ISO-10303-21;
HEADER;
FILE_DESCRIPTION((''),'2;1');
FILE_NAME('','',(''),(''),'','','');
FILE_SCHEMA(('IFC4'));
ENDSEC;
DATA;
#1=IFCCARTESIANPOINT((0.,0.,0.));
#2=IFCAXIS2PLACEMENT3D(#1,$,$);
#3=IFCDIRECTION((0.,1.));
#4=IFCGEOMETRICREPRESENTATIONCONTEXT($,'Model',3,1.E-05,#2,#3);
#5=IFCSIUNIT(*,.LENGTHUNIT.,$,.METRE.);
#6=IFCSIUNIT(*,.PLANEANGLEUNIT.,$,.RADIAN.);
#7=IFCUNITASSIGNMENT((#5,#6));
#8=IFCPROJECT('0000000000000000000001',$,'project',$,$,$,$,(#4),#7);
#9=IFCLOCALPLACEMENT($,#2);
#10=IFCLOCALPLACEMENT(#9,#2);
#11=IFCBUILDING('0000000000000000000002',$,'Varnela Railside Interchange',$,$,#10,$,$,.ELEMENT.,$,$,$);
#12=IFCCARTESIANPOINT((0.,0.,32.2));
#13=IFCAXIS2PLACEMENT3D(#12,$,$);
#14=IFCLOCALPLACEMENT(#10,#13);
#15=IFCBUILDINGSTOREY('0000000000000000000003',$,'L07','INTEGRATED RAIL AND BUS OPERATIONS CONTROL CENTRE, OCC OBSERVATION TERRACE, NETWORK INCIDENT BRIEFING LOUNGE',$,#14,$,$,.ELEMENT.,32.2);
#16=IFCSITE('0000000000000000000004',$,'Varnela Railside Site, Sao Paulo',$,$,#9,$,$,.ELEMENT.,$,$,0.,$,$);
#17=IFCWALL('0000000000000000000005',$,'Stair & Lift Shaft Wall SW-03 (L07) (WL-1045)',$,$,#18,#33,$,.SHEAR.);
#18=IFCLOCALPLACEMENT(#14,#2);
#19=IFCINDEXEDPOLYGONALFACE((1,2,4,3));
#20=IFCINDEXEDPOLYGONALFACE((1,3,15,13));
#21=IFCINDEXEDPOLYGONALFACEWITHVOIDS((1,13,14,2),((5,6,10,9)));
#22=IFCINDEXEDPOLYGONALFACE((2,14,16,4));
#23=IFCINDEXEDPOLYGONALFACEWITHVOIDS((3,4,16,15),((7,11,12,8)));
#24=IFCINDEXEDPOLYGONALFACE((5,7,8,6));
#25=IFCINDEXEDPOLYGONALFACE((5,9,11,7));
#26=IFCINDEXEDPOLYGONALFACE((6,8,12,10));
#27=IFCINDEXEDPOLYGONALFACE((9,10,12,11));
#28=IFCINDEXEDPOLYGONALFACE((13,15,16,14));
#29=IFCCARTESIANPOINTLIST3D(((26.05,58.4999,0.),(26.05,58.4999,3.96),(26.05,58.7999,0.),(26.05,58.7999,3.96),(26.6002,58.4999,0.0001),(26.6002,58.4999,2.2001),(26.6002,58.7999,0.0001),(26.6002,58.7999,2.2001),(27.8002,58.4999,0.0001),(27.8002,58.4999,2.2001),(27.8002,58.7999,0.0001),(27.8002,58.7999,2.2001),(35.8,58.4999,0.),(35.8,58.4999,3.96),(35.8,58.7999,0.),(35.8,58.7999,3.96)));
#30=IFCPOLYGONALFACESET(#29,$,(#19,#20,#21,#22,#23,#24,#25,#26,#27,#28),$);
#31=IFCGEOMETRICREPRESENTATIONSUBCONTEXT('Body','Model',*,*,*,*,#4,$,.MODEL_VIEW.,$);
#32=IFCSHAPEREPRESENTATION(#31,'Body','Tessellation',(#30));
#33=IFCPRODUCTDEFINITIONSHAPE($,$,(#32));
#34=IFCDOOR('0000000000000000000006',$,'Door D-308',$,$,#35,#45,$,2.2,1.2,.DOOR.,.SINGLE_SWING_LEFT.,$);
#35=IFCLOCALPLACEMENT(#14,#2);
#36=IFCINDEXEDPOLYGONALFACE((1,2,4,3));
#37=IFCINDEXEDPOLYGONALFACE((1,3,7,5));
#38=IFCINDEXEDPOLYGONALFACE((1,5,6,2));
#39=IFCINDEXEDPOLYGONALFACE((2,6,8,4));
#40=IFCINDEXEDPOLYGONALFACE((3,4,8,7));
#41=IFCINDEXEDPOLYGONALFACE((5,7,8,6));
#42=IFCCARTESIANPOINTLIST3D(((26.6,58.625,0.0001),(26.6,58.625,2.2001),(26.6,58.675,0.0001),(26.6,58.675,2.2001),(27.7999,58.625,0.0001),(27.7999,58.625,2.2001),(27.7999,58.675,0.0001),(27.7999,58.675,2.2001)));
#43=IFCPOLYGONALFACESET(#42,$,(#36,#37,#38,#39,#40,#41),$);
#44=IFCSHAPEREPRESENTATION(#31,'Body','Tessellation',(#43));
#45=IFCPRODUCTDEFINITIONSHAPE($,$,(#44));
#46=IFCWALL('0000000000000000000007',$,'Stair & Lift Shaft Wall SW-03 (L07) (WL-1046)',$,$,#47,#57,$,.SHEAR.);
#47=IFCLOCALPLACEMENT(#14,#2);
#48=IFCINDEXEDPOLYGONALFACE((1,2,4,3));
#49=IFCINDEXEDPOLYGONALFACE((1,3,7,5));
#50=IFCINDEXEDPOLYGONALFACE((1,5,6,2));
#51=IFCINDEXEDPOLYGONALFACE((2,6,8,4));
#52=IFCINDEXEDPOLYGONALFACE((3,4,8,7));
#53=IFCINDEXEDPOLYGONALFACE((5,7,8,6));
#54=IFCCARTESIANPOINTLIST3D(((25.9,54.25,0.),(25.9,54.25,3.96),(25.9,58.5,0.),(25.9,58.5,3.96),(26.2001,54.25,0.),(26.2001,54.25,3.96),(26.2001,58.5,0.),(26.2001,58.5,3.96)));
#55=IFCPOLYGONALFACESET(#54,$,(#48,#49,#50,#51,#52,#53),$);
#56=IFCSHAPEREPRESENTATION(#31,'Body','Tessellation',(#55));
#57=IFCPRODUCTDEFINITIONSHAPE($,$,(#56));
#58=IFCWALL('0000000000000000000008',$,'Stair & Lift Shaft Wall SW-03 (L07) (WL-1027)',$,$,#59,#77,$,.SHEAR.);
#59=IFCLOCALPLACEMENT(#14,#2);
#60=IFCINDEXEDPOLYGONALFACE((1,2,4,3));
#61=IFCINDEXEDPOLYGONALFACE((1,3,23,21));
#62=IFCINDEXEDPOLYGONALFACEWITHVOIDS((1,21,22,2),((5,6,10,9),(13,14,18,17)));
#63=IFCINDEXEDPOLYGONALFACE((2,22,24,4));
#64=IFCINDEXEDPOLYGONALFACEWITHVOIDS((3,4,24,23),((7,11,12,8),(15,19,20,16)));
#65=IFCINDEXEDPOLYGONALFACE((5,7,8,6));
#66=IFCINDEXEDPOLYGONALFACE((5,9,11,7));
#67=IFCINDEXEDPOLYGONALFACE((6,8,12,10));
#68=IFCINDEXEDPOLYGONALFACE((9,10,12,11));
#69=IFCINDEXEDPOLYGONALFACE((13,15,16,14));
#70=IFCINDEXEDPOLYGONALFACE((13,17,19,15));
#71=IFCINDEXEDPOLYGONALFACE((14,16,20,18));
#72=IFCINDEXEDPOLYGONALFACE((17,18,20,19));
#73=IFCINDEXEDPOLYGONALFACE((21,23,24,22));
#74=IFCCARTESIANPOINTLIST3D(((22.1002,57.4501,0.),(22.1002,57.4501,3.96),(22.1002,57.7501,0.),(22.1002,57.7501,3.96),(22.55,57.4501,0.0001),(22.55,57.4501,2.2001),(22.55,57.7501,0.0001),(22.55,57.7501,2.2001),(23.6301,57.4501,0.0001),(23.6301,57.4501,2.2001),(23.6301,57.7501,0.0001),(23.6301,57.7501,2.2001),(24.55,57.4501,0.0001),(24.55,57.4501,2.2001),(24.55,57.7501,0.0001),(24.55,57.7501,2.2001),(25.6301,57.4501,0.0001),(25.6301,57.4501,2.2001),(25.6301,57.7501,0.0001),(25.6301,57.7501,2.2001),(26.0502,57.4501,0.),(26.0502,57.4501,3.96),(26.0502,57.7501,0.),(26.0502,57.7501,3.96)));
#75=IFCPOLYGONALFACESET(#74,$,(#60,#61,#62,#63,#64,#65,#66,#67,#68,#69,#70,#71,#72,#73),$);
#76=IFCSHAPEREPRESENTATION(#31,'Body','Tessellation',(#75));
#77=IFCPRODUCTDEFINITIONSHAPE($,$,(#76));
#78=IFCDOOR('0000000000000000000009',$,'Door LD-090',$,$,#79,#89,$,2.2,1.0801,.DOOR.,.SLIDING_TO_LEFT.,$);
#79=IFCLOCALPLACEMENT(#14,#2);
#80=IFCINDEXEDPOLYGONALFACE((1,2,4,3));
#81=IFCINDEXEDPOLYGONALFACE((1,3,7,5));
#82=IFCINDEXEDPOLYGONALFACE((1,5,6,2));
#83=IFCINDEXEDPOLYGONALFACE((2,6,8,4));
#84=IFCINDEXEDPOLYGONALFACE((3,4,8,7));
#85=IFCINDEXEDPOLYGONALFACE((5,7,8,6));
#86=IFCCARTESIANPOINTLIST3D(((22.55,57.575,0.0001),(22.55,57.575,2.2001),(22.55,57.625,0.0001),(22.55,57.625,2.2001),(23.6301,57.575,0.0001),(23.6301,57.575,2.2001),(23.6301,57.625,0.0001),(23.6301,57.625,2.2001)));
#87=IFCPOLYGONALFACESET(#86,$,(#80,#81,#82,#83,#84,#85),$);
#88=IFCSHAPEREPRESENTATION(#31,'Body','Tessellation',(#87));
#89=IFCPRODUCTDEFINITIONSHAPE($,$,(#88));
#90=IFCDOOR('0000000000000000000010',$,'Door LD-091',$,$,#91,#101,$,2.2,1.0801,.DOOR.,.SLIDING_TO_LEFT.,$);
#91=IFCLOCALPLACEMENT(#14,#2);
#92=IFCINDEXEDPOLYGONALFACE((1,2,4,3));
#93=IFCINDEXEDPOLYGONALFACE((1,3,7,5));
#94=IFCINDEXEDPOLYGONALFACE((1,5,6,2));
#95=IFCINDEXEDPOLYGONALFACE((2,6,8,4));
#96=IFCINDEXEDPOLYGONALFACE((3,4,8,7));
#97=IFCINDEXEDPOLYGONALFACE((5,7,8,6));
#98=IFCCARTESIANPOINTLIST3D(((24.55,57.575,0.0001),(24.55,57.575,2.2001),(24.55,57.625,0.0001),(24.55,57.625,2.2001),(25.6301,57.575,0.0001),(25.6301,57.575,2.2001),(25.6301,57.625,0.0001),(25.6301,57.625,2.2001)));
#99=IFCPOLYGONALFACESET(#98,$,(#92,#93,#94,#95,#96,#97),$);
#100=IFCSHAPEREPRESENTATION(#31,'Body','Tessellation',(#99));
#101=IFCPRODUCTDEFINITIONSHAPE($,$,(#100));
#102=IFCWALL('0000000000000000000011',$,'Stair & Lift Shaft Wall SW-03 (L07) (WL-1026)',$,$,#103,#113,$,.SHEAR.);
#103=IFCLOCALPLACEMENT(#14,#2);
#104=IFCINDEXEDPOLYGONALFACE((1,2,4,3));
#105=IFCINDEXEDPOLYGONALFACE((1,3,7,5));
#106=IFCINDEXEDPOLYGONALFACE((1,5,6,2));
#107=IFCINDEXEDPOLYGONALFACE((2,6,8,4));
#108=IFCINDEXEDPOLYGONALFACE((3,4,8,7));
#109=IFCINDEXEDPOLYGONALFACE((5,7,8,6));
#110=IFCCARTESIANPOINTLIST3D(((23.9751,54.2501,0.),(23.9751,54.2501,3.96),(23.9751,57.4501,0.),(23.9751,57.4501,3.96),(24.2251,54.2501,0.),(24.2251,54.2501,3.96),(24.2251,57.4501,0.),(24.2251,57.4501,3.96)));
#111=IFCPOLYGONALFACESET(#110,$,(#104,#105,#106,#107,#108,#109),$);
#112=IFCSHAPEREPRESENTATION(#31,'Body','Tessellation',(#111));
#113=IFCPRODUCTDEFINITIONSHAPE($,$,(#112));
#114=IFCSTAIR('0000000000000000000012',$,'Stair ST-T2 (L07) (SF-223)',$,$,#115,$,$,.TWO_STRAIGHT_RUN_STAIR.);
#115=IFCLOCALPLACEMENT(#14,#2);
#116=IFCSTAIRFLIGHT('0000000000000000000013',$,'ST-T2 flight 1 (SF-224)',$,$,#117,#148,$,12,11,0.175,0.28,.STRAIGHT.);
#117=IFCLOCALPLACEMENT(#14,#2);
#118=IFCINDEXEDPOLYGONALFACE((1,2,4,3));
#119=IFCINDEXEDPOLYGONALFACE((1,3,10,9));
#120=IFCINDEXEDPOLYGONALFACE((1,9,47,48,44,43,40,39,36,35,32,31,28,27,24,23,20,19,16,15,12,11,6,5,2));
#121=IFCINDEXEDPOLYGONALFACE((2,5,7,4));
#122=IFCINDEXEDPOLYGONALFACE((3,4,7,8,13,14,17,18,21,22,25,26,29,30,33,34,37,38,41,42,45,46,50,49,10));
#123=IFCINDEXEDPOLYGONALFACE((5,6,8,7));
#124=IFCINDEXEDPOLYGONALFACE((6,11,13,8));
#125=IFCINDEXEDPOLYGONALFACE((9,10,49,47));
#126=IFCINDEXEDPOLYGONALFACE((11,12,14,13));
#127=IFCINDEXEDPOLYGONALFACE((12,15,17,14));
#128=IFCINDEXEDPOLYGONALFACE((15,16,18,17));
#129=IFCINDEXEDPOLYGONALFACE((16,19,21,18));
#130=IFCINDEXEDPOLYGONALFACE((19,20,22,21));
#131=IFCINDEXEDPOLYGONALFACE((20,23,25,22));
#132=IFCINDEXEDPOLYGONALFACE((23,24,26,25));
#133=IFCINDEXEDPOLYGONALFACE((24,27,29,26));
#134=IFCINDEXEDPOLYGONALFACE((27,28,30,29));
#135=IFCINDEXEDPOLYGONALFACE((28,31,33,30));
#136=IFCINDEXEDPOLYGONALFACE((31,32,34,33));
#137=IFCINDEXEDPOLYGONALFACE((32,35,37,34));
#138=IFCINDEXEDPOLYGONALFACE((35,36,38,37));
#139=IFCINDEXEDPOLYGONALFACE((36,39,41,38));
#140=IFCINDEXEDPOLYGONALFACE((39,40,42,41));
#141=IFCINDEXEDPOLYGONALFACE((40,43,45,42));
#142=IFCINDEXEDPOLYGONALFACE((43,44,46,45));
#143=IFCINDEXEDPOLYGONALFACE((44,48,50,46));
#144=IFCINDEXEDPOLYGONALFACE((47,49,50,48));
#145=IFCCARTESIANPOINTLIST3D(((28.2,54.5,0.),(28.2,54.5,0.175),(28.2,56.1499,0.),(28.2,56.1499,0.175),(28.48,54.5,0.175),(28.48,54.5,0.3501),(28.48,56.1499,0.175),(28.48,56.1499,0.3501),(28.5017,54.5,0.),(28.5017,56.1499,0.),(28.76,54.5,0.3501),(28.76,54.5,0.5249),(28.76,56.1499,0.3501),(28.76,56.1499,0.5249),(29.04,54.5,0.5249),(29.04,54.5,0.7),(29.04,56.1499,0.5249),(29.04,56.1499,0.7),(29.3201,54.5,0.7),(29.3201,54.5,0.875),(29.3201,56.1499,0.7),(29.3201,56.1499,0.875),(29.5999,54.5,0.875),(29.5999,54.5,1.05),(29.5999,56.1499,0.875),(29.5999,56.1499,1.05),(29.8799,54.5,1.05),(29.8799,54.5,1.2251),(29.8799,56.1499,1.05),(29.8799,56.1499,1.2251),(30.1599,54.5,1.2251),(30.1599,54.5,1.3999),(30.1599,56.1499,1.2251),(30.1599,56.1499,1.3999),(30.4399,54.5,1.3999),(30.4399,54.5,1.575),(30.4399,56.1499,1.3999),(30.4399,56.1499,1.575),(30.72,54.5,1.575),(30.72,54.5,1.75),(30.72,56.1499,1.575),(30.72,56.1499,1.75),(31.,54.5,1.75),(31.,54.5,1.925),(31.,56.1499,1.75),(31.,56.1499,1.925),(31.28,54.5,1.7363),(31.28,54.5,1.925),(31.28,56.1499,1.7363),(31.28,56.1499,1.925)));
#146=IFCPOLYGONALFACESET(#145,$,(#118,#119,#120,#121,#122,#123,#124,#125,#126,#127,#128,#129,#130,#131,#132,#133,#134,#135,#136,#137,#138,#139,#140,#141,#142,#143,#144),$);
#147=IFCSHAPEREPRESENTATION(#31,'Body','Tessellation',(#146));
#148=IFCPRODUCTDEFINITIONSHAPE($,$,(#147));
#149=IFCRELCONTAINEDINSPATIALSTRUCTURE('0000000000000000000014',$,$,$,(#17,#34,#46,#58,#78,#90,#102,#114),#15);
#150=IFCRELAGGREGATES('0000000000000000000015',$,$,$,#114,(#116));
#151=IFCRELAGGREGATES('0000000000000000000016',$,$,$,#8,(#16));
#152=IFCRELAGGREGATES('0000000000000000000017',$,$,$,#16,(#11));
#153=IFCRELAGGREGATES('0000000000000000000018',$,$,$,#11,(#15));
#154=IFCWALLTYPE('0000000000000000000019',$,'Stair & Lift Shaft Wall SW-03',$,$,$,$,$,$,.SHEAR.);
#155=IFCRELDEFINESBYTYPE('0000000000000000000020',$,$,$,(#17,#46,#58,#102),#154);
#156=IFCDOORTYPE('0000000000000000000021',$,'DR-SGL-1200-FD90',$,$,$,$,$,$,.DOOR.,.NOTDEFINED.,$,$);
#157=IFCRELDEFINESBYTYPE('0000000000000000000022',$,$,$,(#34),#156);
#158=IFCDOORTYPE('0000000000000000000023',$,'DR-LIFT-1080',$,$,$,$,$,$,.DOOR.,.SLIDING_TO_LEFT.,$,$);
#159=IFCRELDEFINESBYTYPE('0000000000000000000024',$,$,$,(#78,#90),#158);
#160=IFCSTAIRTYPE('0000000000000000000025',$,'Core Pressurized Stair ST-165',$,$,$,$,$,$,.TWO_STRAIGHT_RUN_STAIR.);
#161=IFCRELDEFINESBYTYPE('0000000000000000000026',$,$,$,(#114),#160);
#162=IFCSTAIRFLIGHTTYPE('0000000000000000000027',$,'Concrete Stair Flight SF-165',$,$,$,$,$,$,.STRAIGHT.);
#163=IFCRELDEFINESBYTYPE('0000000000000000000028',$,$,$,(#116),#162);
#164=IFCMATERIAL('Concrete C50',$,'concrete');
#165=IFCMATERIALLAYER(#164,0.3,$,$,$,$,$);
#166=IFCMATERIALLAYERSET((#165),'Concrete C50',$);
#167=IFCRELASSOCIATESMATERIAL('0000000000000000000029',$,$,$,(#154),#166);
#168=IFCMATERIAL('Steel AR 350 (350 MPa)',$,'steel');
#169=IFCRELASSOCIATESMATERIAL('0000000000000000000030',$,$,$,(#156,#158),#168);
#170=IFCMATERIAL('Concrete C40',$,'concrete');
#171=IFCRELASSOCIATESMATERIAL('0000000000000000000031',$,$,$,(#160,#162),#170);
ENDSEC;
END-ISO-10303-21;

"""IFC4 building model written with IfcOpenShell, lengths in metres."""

from ifc_helpers import new_model, si_unit, direction, frame, frame_2d, origin, place, context, subcontext, project, spatial, polyline, rectangle, outline, extrude, material, layer, layer_set, type_object, element, fill, aggregate, save


model = new_model("IFC4")

# Units and contexts
model_context = context("Model", 3, precision=1e-05, world=origin(), true_north=direction((0.0, 1.0)))
body_context = subcontext(model_context, "Body", "Model", "MODEL_VIEW")
ifc_project = project(units=[si_unit("LENGTHUNIT", "METRE"), si_unit("PLANEANGLEUNIT", "RADIAN")], contexts=[model_context])

# Site, building, storey
site_placement = place(None, origin())
site = spatial("IfcSite", under=ifc_project, at=site_placement, Name="Varnela Railside Site, Sao Paulo", CompositionType="ELEMENT", RefElevation=0.0)
building_placement = place(site_placement, origin())
building = spatial("IfcBuilding", under=site, at=building_placement, Name="Varnela Railside Interchange", CompositionType="ELEMENT")
storey_placement = place(building_placement, frame((0.0, 0.0, 32.2)))
storey = spatial("IfcBuildingStorey", under=building, at=storey_placement, Name="L07", Description="INTEGRATED RAIL AND BUS OPERATIONS CONTROL CENTRE, OCC OBSERVATION TERRACE, NETWORK INCIDENT BRIEFING LOUNGE", CompositionType="ELEMENT", Elevation=32.2)

# Shared definitions
ifc_material_1 = material(Name="Steel AR 350 (350 MPa)", Category="steel")

# Shared definitions
ifc_material_2 = material(Name="Concrete C40", Category="concrete")

# Shared definitions
ifc_material_3 = material(Name="Concrete C50", Category="concrete")

# Shared definitions
ifc_layer_1 = layer(ifc_material_3, 0.3)
ifc_layer_set_1 = layer_set([ifc_layer_1], Name="Concrete C50")
wall_type_1 = type_object("IfcWallType", Name="Stair & Lift Shaft Wall SW-03", PredefinedType="SHEAR", material=ifc_layer_set_1)

# Wall, opening, door
wall_1_placement = place(storey_placement, frame((26.05, 58.6499, 0.0), z_axis=(0.0, 0.0, 1.0), x_axis=(1.0, 0.0, 0.0)))
wall_1 = element("IfcWall", 1, at=wall_1_placement, inside=storey, type_object=wall_type_1, Name="Stair & Lift Shaft Wall SW-03 (L07) (WL-1045)", PredefinedType="SHEAR", context=body_context, shape_type="SweptSolid", body=[
    extrude(rectangle(XDim=9.75, YDim=0.3, at=frame_2d((4.875, 0.0))), origin(), (0.0, 0.0, 1.0), 3.96),
])
opening_1_placement = place(wall_1_placement, frame((0.55, 0.0, 0.0)))
opening_1 = element("IfcOpeningElement", 2, at=opening_1_placement, cuts=wall_1, PredefinedType="OPENING", context=body_context, shape_type="SweptSolid", body=[
    extrude(rectangle(XDim=1.2, YDim=2.2, at=frame_2d((0.6001, 1.1001))), frame((0.0, 0.1599, 0.0), z_axis=(0.0, -1.0, 0.0), x_axis=(1.0, 0.0, 0.0)), (0.0, 0.0, 1.0), 0.3201),
])
door_type_1 = type_object("IfcDoorType", Name="DR-SGL-1200-FD90", OperationType="NOTDEFINED", PredefinedType="DOOR", material=ifc_material_1)
door_1_placement = place(opening_1_placement, frame((1.2, 0.0, 0.0), z_axis=(0.0, 0.0, 1.0), x_axis=(-1.0, 0.0, 0.0)))
door_1 = element("IfcDoor", 3, at=door_1_placement, inside=storey, type_object=door_type_1, Name="Door D-308", OperationType="SINGLE_SWING_LEFT", OverallHeight=2.2, OverallWidth=1.2, PredefinedType="DOOR", context=body_context, shape_type="SweptSolid", body=[
    extrude(rectangle(XDim=1.2, YDim=2.2, at=frame_2d((0.6001, 1.1001))), frame((0.0, 0.0249, 0.0), z_axis=(0.0, -1.0, 0.0), x_axis=(1.0, 0.0, 0.0)), (0.0, 0.0, 1.0), 0.05),
])
fill(opening_1, door_1)

# Wall
wall_2_placement = place(storey_placement, frame((26.05, 54.25, 0.0), z_axis=(0.0, 0.0, 1.0), x_axis=(0.0, 1.0, 0.0)))
element("IfcWall", 4, at=wall_2_placement, inside=storey, type_object=wall_type_1, Name="Stair & Lift Shaft Wall SW-03 (L07) (WL-1046)", PredefinedType="SHEAR", context=body_context, shape_type="SweptSolid", body=[
    extrude(rectangle(XDim=4.25, YDim=0.3, at=frame_2d((2.125, 0.0))), origin(), (0.0, 0.0, 1.0), 3.96),
])

# Wall, openings, doors
wall_3_placement = place(storey_placement, frame((22.1001, 57.6001, 0.0), z_axis=(0.0, 0.0, 1.0), x_axis=(1.0, 0.0, 0.0)))
wall_3 = element("IfcWall", 5, at=wall_3_placement, inside=storey, type_object=wall_type_1, Name="Stair & Lift Shaft Wall SW-03 (L07) (WL-1027)", PredefinedType="SHEAR", context=body_context, shape_type="SweptSolid", body=[
    extrude(rectangle(XDim=3.95, YDim=0.3, at=frame_2d((1.9751, 0.0))), origin(), (0.0, 0.0, 1.0), 3.96),
])
opening_2_placement = place(wall_3_placement, frame((0.45, 0.0, 0.0)))
opening_2 = element("IfcOpeningElement", 6, at=opening_2_placement, cuts=wall_3, PredefinedType="OPENING", context=body_context, shape_type="SweptSolid", body=[
    extrude(rectangle(XDim=1.0801, YDim=2.2, at=frame_2d((0.54, 1.1001))), frame((0.0, 0.1599, 0.0), z_axis=(0.0, -1.0, 0.0), x_axis=(1.0, 0.0, 0.0)), (0.0, 0.0, 1.0), 0.3201),
])
opening_3_placement = place(wall_3_placement, frame((2.45, 0.0, 0.0)))
opening_3 = element("IfcOpeningElement", 7, at=opening_3_placement, cuts=wall_3, PredefinedType="OPENING", context=body_context, shape_type="SweptSolid", body=[
    extrude(rectangle(XDim=1.0801, YDim=2.2, at=frame_2d((0.54, 1.1001))), frame((0.0, 0.1599, 0.0), z_axis=(0.0, -1.0, 0.0), x_axis=(1.0, 0.0, 0.0)), (0.0, 0.0, 1.0), 0.3201),
])
door_type_2 = type_object("IfcDoorType", Name="DR-LIFT-1080", OperationType="SLIDING_TO_LEFT", PredefinedType="DOOR", material=ifc_material_1)
door_2_placement = place(opening_2_placement, origin())
door_2 = element("IfcDoor", 8, at=door_2_placement, inside=storey, type_object=door_type_2, Name="Door LD-090", OperationType="SLIDING_TO_LEFT", OverallHeight=2.2, OverallWidth=1.0801, PredefinedType="DOOR", context=body_context, shape_type="SweptSolid", body=[
    extrude(rectangle(XDim=1.0801, YDim=2.2, at=frame_2d((0.54, 1.1001))), frame((0.0, 0.0249, 0.0), z_axis=(0.0, -1.0, 0.0), x_axis=(1.0, 0.0, 0.0)), (0.0, 0.0, 1.0), 0.05),
])
fill(opening_2, door_2)
door_3_placement = place(opening_3_placement, origin())
door_3 = element("IfcDoor", 9, at=door_3_placement, inside=storey, type_object=door_type_2, Name="Door LD-091", OperationType="SLIDING_TO_LEFT", OverallHeight=2.2, OverallWidth=1.0801, PredefinedType="DOOR", context=body_context, shape_type="SweptSolid", body=[
    extrude(rectangle(XDim=1.0801, YDim=2.2, at=frame_2d((0.54, 1.1001))), frame((0.0, 0.0249, 0.0), z_axis=(0.0, -1.0, 0.0), x_axis=(1.0, 0.0, 0.0)), (0.0, 0.0, 1.0), 0.05),
])
fill(opening_3, door_3)

# Wall
wall_4_placement = place(storey_placement, frame((24.1001, 54.25, 0.0), z_axis=(0.0, 0.0, 1.0), x_axis=(0.0, 1.0, 0.0)))
element("IfcWall", 10, at=wall_4_placement, inside=storey, type_object=wall_type_1, Name="Stair & Lift Shaft Wall SW-03 (L07) (WL-1026)", PredefinedType="SHEAR", context=body_context, shape_type="SweptSolid", body=[
    extrude(rectangle(XDim=3.2, YDim=0.25, at=frame_2d((1.6001, 0.0))), origin(), (0.0, 0.0, 1.0), 3.96),
])

# Stair, stair flight
stair_type = type_object("IfcStairType", Name="Core Pressurized Stair ST-165", PredefinedType="TWO_STRAIGHT_RUN_STAIR", material=ifc_material_2)
stair_placement = place(storey_placement, origin())
stair = element("IfcStair", 11, at=stair_placement, inside=storey, type_object=stair_type, Name="Stair ST-T2 (L07) (SF-223)", PredefinedType="TWO_STRAIGHT_RUN_STAIR")
stair_flight_type = type_object("IfcStairFlightType", Name="Concrete Stair Flight SF-165", PredefinedType="STRAIGHT", material=ifc_material_2)
stair_flight_1_placement = place(storey_placement, frame((28.2, 55.325, 0.0), z_axis=(0.0, 0.0, 1.0), x_axis=(1.0, 0.0, 0.0)))
stair_flight_1 = element("IfcStairFlight", 12, at=stair_flight_1_placement, type_object=stair_flight_type, Name="ST-T2 flight 1 (SF-224)", NumberOfRisers=12, NumberOfTreads=11, PredefinedType="STRAIGHT", RiserHeight=0.175, TreadLength=0.28, context=body_context, shape_type="SweptSolid", body=[
    extrude(outline(polyline([(0.0, 0.0), (0.0, 0.175), (0.28, 0.175), (0.28, 0.3501), (0.5601, 0.3501), (0.5601, 0.5249), (0.8401, 0.5249), (0.8401, 0.7), (1.1201, 0.7), (1.1201, 0.875), (1.3999, 0.875), (1.3999, 1.05), (1.6799, 1.05), (1.6799, 1.2251), (1.96, 1.2251), (1.96, 1.3999), (2.24, 1.3999), (2.24, 1.575), (2.52, 1.575), (2.52, 1.75), (2.8, 1.75), (2.8, 1.925), (3.0801, 1.925), (3.0801, 2.1001), (3.0801, 1.7363), (0.3018, 0.0), (0.0, 0.0)])), frame((0.0, 0.825, 0.0), z_axis=(0.0, -1.0, 0.0), x_axis=(1.0, 0.0, 0.0)), (0.0, 0.0, 1.0), 1.6499),
])
aggregate(stair, [stair_flight_1])

save(model, "model.ifc")
